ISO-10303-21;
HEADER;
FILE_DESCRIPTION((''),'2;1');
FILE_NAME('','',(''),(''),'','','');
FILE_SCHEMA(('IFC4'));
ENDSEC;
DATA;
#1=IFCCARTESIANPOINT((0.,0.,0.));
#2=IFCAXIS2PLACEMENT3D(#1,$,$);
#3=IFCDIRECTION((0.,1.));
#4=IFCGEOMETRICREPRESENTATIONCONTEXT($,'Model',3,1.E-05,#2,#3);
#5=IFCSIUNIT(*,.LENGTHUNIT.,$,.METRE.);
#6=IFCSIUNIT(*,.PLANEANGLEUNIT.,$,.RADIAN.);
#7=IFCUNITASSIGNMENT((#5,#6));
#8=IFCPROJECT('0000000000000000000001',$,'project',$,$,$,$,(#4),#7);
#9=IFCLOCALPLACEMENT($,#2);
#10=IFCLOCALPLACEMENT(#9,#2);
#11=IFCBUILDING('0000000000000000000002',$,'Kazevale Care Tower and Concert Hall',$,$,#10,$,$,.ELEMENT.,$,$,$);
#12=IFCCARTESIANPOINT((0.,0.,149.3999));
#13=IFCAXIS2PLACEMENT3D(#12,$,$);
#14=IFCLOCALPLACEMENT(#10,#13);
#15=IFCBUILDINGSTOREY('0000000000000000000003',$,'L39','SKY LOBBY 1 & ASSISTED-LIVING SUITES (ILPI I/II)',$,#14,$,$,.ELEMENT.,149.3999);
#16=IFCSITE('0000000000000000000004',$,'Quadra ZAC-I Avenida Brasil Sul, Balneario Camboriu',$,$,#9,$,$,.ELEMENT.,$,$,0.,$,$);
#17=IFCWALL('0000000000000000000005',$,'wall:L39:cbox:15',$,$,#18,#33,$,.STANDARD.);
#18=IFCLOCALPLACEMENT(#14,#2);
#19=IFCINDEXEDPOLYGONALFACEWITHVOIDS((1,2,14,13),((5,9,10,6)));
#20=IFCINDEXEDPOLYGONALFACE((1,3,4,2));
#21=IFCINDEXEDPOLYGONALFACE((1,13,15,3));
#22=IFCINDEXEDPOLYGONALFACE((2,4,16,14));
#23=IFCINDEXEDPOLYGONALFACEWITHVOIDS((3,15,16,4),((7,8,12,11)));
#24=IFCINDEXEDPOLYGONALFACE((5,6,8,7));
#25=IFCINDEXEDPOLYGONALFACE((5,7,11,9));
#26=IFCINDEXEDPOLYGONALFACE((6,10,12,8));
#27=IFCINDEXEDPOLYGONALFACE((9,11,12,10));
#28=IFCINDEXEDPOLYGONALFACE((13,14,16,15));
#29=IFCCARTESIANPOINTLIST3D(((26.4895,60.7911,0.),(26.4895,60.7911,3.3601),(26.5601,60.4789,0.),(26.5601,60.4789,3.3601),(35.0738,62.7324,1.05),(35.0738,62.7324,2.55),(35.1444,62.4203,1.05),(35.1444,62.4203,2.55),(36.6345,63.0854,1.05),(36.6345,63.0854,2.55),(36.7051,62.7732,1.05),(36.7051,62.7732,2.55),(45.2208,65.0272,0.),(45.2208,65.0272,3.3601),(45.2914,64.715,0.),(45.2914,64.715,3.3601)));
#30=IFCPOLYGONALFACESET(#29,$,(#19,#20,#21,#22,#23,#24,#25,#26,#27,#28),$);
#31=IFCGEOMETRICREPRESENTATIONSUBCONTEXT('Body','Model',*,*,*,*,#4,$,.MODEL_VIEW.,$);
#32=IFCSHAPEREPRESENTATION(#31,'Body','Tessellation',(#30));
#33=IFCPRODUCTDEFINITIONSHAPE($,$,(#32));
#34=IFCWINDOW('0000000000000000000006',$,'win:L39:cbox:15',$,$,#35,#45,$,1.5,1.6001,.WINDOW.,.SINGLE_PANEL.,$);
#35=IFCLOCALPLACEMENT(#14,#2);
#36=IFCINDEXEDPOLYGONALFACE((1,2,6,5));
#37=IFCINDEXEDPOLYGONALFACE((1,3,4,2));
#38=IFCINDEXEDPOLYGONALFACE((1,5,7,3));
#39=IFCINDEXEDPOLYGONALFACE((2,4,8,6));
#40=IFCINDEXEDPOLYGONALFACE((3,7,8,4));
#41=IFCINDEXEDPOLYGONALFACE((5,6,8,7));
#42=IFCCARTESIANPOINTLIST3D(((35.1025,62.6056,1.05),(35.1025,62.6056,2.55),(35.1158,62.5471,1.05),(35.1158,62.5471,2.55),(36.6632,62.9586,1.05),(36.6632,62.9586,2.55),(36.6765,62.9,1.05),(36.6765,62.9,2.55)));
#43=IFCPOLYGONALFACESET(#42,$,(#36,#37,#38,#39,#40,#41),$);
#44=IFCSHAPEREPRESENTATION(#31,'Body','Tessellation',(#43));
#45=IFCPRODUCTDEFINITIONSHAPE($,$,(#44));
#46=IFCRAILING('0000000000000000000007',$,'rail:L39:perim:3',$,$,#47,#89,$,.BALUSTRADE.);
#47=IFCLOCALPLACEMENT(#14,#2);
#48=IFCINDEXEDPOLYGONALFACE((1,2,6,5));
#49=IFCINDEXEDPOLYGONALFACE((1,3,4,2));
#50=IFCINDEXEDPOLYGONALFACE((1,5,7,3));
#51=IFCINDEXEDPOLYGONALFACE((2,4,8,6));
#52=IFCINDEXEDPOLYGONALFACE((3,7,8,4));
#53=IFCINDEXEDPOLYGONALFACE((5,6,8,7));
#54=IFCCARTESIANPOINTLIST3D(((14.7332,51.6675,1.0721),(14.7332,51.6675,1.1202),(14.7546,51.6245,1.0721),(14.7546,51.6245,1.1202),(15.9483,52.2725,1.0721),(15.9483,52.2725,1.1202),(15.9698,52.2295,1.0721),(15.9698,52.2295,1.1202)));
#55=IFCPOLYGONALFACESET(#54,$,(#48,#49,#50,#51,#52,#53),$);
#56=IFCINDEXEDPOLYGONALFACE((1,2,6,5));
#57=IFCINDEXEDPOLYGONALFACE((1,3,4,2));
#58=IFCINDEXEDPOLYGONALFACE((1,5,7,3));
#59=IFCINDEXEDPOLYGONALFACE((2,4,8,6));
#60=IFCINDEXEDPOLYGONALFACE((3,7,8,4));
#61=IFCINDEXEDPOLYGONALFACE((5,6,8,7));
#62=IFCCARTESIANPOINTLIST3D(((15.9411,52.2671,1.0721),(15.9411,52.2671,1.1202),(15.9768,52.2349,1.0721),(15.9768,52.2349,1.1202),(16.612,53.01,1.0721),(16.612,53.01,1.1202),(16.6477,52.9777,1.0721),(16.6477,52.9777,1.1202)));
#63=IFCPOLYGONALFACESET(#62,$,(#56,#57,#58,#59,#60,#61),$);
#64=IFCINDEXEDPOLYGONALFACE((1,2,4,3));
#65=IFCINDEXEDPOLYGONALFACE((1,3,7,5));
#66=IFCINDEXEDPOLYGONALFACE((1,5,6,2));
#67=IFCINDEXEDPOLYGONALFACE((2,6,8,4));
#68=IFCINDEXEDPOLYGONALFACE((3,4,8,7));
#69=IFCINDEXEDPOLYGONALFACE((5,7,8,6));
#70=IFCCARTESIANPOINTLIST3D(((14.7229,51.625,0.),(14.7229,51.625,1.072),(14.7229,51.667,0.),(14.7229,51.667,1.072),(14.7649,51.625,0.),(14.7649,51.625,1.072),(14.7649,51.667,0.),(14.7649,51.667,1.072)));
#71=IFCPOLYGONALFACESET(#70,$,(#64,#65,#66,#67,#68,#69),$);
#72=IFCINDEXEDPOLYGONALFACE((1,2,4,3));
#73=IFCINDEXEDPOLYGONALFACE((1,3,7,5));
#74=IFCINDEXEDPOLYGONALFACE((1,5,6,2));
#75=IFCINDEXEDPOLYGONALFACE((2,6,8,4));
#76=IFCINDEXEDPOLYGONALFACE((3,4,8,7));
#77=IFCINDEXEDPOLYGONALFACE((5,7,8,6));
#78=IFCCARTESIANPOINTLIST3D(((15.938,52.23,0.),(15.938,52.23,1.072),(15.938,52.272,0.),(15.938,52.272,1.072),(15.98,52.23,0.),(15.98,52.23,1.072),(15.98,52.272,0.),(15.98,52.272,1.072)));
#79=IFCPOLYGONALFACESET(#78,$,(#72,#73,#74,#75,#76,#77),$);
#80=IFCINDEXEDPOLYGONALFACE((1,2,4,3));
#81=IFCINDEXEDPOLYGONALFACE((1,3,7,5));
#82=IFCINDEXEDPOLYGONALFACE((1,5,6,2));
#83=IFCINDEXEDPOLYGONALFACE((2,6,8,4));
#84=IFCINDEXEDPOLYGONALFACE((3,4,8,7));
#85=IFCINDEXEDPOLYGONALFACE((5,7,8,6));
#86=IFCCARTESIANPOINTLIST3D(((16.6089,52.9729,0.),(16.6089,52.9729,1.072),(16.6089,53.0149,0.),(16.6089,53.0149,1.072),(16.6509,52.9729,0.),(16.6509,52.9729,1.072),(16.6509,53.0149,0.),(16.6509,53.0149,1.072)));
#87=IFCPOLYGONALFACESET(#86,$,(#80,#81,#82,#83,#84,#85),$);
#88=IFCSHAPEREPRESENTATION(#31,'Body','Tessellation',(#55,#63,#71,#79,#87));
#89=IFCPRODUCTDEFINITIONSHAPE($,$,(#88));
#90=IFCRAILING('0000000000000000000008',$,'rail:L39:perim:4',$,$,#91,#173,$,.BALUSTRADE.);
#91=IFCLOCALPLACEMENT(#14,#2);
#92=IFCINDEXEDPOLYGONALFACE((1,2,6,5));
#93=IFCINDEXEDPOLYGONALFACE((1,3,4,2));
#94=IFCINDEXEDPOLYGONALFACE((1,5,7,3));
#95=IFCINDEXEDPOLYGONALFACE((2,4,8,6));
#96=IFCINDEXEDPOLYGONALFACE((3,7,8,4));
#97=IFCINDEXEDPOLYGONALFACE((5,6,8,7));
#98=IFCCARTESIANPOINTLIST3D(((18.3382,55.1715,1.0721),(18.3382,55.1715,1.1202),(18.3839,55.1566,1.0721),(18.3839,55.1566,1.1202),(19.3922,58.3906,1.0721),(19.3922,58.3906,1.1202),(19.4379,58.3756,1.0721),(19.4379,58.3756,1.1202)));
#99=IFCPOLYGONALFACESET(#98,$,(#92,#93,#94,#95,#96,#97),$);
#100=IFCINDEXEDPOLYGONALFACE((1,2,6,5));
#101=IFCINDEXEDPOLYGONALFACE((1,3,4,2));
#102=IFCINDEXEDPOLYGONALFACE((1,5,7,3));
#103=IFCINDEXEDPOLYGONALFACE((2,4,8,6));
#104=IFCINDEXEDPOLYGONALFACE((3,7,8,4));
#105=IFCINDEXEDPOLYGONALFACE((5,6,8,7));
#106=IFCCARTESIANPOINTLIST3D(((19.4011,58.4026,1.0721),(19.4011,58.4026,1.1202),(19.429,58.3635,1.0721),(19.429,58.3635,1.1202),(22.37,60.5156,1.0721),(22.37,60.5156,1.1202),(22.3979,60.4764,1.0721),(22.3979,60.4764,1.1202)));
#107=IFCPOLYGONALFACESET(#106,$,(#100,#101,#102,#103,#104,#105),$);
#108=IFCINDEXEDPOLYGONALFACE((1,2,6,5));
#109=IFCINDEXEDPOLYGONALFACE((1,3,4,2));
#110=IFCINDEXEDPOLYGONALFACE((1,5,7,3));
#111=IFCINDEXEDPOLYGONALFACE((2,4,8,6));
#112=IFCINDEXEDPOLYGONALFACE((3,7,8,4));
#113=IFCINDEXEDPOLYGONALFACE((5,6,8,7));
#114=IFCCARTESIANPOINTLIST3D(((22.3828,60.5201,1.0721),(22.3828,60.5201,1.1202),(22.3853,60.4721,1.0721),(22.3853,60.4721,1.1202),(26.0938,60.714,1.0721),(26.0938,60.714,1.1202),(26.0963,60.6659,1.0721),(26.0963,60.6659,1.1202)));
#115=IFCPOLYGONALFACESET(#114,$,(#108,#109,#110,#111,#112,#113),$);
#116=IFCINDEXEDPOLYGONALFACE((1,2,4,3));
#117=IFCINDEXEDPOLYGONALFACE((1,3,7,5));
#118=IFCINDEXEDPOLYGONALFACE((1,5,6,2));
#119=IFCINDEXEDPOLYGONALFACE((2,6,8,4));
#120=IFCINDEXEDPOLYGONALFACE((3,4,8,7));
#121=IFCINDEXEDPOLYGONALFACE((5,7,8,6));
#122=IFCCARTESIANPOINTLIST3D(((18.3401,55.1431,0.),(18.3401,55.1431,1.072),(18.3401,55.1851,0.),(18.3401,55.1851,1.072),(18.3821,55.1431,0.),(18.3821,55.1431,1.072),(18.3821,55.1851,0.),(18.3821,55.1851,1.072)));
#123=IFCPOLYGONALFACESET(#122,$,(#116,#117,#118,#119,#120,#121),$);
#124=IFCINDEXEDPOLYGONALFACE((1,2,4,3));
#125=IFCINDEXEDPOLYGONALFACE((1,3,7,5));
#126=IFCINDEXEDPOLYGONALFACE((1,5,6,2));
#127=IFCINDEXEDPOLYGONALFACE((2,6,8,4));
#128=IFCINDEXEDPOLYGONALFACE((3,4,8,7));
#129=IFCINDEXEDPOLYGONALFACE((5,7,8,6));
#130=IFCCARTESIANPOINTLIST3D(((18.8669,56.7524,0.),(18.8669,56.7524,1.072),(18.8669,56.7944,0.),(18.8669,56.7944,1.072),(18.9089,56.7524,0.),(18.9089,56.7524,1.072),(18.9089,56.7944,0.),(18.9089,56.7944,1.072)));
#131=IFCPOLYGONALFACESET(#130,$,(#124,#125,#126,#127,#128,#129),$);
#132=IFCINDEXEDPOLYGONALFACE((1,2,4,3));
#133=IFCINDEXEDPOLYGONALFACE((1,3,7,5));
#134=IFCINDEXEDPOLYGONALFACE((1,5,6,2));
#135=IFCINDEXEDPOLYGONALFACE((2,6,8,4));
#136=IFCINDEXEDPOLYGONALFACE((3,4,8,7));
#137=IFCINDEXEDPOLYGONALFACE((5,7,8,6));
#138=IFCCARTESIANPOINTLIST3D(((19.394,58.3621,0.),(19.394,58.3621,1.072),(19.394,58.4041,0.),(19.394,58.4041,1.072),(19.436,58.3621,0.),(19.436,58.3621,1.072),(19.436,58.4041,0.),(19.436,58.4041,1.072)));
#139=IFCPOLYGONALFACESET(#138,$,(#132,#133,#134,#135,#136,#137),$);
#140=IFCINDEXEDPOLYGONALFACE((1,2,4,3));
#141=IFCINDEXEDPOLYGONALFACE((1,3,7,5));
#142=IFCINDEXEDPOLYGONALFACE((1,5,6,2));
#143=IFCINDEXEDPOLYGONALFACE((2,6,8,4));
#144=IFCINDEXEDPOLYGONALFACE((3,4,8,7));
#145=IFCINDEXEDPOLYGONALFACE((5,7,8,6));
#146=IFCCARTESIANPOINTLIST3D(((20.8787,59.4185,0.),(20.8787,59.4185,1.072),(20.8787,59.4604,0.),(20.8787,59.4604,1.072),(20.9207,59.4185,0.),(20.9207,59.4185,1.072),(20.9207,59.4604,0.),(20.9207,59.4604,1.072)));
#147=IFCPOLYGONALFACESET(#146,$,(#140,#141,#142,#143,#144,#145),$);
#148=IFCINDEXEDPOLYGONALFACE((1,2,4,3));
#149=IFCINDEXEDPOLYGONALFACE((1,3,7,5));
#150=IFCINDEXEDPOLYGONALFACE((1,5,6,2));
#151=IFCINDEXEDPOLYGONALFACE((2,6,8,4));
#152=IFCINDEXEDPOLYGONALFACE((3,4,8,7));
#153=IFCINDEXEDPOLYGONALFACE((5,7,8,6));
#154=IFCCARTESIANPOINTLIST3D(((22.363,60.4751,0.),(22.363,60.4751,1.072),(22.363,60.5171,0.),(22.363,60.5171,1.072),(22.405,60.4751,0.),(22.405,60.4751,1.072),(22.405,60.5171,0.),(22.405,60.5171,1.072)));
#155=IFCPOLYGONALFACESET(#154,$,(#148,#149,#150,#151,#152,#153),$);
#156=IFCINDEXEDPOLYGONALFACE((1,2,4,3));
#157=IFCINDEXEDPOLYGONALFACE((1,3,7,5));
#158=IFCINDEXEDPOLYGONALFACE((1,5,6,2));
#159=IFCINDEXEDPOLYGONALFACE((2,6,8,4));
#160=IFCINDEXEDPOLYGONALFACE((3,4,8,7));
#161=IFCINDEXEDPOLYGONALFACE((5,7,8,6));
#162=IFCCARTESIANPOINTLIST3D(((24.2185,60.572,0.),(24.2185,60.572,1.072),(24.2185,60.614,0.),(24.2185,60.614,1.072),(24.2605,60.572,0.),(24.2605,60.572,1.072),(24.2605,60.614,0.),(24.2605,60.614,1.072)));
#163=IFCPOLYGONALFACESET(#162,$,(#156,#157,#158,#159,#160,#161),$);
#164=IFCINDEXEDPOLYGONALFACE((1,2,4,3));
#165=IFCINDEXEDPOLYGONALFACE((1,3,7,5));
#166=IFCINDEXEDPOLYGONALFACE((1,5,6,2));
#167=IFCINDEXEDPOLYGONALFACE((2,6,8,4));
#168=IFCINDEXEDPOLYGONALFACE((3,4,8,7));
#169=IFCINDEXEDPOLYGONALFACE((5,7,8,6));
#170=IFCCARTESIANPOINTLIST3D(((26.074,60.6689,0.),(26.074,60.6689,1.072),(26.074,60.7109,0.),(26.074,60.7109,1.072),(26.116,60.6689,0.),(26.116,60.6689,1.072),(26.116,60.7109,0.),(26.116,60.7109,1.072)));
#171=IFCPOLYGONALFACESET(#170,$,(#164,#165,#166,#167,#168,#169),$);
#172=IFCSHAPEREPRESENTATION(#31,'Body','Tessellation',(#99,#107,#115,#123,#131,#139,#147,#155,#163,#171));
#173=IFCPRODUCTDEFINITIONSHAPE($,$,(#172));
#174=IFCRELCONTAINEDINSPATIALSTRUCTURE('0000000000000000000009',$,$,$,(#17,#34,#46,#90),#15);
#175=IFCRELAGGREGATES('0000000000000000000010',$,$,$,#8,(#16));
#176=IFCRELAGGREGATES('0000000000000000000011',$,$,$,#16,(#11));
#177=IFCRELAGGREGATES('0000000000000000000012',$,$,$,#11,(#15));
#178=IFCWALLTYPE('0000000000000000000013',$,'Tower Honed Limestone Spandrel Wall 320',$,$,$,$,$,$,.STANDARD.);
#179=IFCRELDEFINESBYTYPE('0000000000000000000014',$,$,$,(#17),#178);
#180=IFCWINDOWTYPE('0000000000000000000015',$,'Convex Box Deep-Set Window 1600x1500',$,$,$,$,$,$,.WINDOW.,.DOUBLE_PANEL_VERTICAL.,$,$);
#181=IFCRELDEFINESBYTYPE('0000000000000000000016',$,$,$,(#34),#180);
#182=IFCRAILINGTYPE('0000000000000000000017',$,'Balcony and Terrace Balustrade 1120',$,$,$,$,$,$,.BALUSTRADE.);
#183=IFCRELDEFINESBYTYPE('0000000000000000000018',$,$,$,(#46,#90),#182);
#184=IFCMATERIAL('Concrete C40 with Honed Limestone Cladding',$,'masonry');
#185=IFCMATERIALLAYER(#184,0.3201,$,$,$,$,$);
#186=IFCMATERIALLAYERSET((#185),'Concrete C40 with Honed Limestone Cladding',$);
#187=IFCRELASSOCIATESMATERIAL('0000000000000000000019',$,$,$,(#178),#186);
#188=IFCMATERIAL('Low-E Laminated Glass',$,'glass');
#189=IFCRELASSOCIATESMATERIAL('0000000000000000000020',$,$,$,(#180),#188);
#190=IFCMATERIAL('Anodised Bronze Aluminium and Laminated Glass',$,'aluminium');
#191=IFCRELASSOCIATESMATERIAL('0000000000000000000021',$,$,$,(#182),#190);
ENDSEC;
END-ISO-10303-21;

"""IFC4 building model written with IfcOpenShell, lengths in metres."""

from ifc_helpers import new_model, si_unit, direction, frame, frame_2d, origin, origin_2d, place, context, subcontext, project, spatial, rectangle, extrude, material, layer, layer_set, type_object, element, fill, save


model = new_model("IFC4")

# Units and contexts
model_context = context("Model", 3, precision=1e-05, world=origin(), true_north=direction((0.0, 1.0)))
body_context = subcontext(model_context, "Body", "Model", "MODEL_VIEW")
ifc_project = project(units=[si_unit("LENGTHUNIT", "METRE"), si_unit("PLANEANGLEUNIT", "RADIAN")], contexts=[model_context])

# Site, building, storey
site_placement = place(None, origin())
site = spatial("IfcSite", under=ifc_project, at=site_placement, Name="Quadra ZAC-I Avenida Brasil Sul, Balneario Camboriu", CompositionType="ELEMENT", RefElevation=0.0)
building_placement = place(site_placement, origin())
building = spatial("IfcBuilding", under=site, at=building_placement, Name="Kazevale Care Tower and Concert Hall", CompositionType="ELEMENT")
storey_placement = place(building_placement, frame((0.0, 0.0, 149.3999)))
storey = spatial("IfcBuildingStorey", under=building, at=storey_placement, Name="L39", Description="SKY LOBBY 1 & ASSISTED-LIVING SUITES (ILPI I/II)", CompositionType="ELEMENT", Elevation=149.3999)

# Shared definitions
ifc_material_1 = material(Name="Low-E Laminated Glass", Category="glass")

# Wall, opening, window
ifc_material_2 = material(Name="Concrete C40 with Honed Limestone Cladding", Category="masonry")
ifc_layer_1 = layer(ifc_material_2, 0.3201)
ifc_layer_set_1 = layer_set([ifc_layer_1], Name="Concrete C40 with Honed Limestone Cladding")
wall_type_1 = type_object("IfcWallType", Name="Tower Honed Limestone Spandrel Wall 320", PredefinedType="STANDARD", material=ifc_layer_set_1)
wall_1_placement = place(storey_placement, frame((26.5249, 60.635, 0.0), z_axis=(0.0, 0.0, 1.0), x_axis=(0.975369, 0.220581, 0.0)))
wall_1 = element("IfcWall", 1, at=wall_1_placement, inside=storey, type_object=wall_type_1, Name="wall:L39:cbox:15", PredefinedType="STANDARD", context=body_context, shape_type="SweptSolid", body=[
    extrude(rectangle(XDim=19.2043, YDim=0.3201, at=frame_2d((9.6021, 0.0))), origin(), (0.0, 0.0, 1.0), 3.3601),
])
opening_placement = place(wall_1_placement, frame((8.801, 0.0, 1.05)))
opening = element("IfcOpeningElement", 2, at=opening_placement, cuts=wall_1, PredefinedType="OPENING", context=body_context, shape_type="SweptSolid", body=[
    extrude(rectangle(XDim=1.6001, YDim=1.5, at=frame_2d((0.8, 0.75))), frame((0.0, 0.1699, 0.0), z_axis=(0.0, -1.0, 0.0), x_axis=(1.0, 0.0, 0.0)), (0.0, 0.0, 1.0), 0.3401),
])
window_type = type_object("IfcWindowType", Name="Convex Box Deep-Set Window 1600x1500", PartitioningType="DOUBLE_PANEL_VERTICAL", PredefinedType="WINDOW", material=ifc_material_1)
window_placement = place(opening_placement, origin())
window = element("IfcWindow", 3, at=window_placement, inside=storey, type_object=window_type, Name="win:L39:cbox:15", OverallHeight=1.5, OverallWidth=1.6001, PartitioningType="SINGLE_PANEL", PredefinedType="WINDOW", context=body_context, shape_type="SweptSolid", body=[
    extrude(rectangle(XDim=1.6001, YDim=1.5, at=frame_2d((0.8, 0.75))), frame((0.0, 0.03, 0.0), z_axis=(0.0, -1.0, 0.0), x_axis=(1.0, 0.0, 0.0)), (0.0, 0.0, 1.0), 0.0601),
])
fill(opening, window)

# Railings
ifc_material_3 = material(Name="Anodised Bronze Aluminium and Laminated Glass", Category="aluminium")
railing_type = type_object("IfcRailingType", Name="Balcony and Terrace Balustrade 1120", PredefinedType="BALUSTRADE", material=ifc_material_3)
railing_1_placement = place(storey_placement, frame((14.7439, 51.646, 0.0)))
element("IfcRailing", 4, at=railing_1_placement, inside=storey, type_object=railing_type, Name="rail:L39:perim:3", PredefinedType="BALUSTRADE", context=body_context, shape_type="SweptSolid", body=[
    extrude(rectangle(XDim=0.0481, YDim=0.0481, at=origin_2d()), frame((0.0, 0.0, 1.0962), z_axis=(0.895181, 0.445702, 0.0), x_axis=(-0.445702, 0.895181, 0.0)), (0.0, 0.0, 1.0), 1.3574),
    extrude(rectangle(XDim=0.0481, YDim=0.0481, at=origin_2d()), frame((1.2151, 0.605, 1.0962), z_axis=(0.670217, 0.742165, 0.0), x_axis=(-0.742165, 0.670217, 0.0)), (0.0, 0.0, 1.0), 1.001),
    extrude(rectangle(XDim=0.042, YDim=0.042, at=origin_2d()), origin(), (0.0, 0.0, 1.0), 1.072),
    extrude(rectangle(XDim=0.042, YDim=0.042, at=origin_2d()), frame((1.2151, 0.605, 0.0)), (0.0, 0.0, 1.0), 1.072),
    extrude(rectangle(XDim=0.042, YDim=0.042, at=origin_2d()), frame((1.886, 1.3479, 0.0)), (0.0, 0.0, 1.0), 1.072),
])
railing_2_placement = place(storey_placement, frame((18.3611, 55.1641, 0.0)))
element("IfcRailing", 5, at=railing_2_placement, inside=storey, type_object=railing_type, Name="rail:L39:perim:4", PredefinedType="BALUSTRADE", context=body_context, shape_type="SweptSolid", body=[
    extrude(rectangle(XDim=0.0481, YDim=0.0481, at=origin_2d()), frame((0.0, 0.0, 1.0962), z_axis=(0.311163, 0.950356, 0.0), x_axis=(-0.950356, 0.311163, 0.0)), (0.0, 0.0, 1.0), 3.3872),
    extrude(rectangle(XDim=0.0481, YDim=0.0481, at=origin_2d()), frame((1.054, 3.219, 1.0962), z_axis=(0.814728, 0.579843, 0.0), x_axis=(-0.579843, 0.814728, 0.0)), (0.0, 0.0, 1.0), 3.644),
    extrude(rectangle(XDim=0.0481, YDim=0.0481, at=origin_2d()), frame((4.0229, 5.332, 1.0962), z_axis=(0.998638, 0.052166, 0.0), x_axis=(-0.052166, 0.998638, 0.0)), (0.0, 0.0, 1.0), 3.7161),
    extrude(rectangle(XDim=0.042, YDim=0.042, at=origin_2d()), origin(), (0.0, 0.0, 1.0), 1.072),
    extrude(rectangle(XDim=0.042, YDim=0.042, at=origin_2d()), frame((0.5269, 1.6094, 0.0)), (0.0, 0.0, 1.0), 1.072),
    extrude(rectangle(XDim=0.042, YDim=0.042, at=origin_2d()), frame((1.054, 3.219, 0.0)), (0.0, 0.0, 1.0), 1.072),
    extrude(rectangle(XDim=0.042, YDim=0.042, at=origin_2d()), frame((2.5386, 4.2754, 0.0)), (0.0, 0.0, 1.0), 1.072),
    extrude(rectangle(XDim=0.042, YDim=0.042, at=origin_2d()), frame((4.0229, 5.332, 0.0)), (0.0, 0.0, 1.0), 1.072),
    extrude(rectangle(XDim=0.042, YDim=0.042, at=origin_2d()), frame((5.8784, 5.429, 0.0)), (0.0, 0.0, 1.0), 1.072),
    extrude(rectangle(XDim=0.042, YDim=0.042, at=origin_2d()), frame((7.7339, 5.5259, 0.0)), (0.0, 0.0, 1.0), 1.072),
])

save(model, "model.ifc")
